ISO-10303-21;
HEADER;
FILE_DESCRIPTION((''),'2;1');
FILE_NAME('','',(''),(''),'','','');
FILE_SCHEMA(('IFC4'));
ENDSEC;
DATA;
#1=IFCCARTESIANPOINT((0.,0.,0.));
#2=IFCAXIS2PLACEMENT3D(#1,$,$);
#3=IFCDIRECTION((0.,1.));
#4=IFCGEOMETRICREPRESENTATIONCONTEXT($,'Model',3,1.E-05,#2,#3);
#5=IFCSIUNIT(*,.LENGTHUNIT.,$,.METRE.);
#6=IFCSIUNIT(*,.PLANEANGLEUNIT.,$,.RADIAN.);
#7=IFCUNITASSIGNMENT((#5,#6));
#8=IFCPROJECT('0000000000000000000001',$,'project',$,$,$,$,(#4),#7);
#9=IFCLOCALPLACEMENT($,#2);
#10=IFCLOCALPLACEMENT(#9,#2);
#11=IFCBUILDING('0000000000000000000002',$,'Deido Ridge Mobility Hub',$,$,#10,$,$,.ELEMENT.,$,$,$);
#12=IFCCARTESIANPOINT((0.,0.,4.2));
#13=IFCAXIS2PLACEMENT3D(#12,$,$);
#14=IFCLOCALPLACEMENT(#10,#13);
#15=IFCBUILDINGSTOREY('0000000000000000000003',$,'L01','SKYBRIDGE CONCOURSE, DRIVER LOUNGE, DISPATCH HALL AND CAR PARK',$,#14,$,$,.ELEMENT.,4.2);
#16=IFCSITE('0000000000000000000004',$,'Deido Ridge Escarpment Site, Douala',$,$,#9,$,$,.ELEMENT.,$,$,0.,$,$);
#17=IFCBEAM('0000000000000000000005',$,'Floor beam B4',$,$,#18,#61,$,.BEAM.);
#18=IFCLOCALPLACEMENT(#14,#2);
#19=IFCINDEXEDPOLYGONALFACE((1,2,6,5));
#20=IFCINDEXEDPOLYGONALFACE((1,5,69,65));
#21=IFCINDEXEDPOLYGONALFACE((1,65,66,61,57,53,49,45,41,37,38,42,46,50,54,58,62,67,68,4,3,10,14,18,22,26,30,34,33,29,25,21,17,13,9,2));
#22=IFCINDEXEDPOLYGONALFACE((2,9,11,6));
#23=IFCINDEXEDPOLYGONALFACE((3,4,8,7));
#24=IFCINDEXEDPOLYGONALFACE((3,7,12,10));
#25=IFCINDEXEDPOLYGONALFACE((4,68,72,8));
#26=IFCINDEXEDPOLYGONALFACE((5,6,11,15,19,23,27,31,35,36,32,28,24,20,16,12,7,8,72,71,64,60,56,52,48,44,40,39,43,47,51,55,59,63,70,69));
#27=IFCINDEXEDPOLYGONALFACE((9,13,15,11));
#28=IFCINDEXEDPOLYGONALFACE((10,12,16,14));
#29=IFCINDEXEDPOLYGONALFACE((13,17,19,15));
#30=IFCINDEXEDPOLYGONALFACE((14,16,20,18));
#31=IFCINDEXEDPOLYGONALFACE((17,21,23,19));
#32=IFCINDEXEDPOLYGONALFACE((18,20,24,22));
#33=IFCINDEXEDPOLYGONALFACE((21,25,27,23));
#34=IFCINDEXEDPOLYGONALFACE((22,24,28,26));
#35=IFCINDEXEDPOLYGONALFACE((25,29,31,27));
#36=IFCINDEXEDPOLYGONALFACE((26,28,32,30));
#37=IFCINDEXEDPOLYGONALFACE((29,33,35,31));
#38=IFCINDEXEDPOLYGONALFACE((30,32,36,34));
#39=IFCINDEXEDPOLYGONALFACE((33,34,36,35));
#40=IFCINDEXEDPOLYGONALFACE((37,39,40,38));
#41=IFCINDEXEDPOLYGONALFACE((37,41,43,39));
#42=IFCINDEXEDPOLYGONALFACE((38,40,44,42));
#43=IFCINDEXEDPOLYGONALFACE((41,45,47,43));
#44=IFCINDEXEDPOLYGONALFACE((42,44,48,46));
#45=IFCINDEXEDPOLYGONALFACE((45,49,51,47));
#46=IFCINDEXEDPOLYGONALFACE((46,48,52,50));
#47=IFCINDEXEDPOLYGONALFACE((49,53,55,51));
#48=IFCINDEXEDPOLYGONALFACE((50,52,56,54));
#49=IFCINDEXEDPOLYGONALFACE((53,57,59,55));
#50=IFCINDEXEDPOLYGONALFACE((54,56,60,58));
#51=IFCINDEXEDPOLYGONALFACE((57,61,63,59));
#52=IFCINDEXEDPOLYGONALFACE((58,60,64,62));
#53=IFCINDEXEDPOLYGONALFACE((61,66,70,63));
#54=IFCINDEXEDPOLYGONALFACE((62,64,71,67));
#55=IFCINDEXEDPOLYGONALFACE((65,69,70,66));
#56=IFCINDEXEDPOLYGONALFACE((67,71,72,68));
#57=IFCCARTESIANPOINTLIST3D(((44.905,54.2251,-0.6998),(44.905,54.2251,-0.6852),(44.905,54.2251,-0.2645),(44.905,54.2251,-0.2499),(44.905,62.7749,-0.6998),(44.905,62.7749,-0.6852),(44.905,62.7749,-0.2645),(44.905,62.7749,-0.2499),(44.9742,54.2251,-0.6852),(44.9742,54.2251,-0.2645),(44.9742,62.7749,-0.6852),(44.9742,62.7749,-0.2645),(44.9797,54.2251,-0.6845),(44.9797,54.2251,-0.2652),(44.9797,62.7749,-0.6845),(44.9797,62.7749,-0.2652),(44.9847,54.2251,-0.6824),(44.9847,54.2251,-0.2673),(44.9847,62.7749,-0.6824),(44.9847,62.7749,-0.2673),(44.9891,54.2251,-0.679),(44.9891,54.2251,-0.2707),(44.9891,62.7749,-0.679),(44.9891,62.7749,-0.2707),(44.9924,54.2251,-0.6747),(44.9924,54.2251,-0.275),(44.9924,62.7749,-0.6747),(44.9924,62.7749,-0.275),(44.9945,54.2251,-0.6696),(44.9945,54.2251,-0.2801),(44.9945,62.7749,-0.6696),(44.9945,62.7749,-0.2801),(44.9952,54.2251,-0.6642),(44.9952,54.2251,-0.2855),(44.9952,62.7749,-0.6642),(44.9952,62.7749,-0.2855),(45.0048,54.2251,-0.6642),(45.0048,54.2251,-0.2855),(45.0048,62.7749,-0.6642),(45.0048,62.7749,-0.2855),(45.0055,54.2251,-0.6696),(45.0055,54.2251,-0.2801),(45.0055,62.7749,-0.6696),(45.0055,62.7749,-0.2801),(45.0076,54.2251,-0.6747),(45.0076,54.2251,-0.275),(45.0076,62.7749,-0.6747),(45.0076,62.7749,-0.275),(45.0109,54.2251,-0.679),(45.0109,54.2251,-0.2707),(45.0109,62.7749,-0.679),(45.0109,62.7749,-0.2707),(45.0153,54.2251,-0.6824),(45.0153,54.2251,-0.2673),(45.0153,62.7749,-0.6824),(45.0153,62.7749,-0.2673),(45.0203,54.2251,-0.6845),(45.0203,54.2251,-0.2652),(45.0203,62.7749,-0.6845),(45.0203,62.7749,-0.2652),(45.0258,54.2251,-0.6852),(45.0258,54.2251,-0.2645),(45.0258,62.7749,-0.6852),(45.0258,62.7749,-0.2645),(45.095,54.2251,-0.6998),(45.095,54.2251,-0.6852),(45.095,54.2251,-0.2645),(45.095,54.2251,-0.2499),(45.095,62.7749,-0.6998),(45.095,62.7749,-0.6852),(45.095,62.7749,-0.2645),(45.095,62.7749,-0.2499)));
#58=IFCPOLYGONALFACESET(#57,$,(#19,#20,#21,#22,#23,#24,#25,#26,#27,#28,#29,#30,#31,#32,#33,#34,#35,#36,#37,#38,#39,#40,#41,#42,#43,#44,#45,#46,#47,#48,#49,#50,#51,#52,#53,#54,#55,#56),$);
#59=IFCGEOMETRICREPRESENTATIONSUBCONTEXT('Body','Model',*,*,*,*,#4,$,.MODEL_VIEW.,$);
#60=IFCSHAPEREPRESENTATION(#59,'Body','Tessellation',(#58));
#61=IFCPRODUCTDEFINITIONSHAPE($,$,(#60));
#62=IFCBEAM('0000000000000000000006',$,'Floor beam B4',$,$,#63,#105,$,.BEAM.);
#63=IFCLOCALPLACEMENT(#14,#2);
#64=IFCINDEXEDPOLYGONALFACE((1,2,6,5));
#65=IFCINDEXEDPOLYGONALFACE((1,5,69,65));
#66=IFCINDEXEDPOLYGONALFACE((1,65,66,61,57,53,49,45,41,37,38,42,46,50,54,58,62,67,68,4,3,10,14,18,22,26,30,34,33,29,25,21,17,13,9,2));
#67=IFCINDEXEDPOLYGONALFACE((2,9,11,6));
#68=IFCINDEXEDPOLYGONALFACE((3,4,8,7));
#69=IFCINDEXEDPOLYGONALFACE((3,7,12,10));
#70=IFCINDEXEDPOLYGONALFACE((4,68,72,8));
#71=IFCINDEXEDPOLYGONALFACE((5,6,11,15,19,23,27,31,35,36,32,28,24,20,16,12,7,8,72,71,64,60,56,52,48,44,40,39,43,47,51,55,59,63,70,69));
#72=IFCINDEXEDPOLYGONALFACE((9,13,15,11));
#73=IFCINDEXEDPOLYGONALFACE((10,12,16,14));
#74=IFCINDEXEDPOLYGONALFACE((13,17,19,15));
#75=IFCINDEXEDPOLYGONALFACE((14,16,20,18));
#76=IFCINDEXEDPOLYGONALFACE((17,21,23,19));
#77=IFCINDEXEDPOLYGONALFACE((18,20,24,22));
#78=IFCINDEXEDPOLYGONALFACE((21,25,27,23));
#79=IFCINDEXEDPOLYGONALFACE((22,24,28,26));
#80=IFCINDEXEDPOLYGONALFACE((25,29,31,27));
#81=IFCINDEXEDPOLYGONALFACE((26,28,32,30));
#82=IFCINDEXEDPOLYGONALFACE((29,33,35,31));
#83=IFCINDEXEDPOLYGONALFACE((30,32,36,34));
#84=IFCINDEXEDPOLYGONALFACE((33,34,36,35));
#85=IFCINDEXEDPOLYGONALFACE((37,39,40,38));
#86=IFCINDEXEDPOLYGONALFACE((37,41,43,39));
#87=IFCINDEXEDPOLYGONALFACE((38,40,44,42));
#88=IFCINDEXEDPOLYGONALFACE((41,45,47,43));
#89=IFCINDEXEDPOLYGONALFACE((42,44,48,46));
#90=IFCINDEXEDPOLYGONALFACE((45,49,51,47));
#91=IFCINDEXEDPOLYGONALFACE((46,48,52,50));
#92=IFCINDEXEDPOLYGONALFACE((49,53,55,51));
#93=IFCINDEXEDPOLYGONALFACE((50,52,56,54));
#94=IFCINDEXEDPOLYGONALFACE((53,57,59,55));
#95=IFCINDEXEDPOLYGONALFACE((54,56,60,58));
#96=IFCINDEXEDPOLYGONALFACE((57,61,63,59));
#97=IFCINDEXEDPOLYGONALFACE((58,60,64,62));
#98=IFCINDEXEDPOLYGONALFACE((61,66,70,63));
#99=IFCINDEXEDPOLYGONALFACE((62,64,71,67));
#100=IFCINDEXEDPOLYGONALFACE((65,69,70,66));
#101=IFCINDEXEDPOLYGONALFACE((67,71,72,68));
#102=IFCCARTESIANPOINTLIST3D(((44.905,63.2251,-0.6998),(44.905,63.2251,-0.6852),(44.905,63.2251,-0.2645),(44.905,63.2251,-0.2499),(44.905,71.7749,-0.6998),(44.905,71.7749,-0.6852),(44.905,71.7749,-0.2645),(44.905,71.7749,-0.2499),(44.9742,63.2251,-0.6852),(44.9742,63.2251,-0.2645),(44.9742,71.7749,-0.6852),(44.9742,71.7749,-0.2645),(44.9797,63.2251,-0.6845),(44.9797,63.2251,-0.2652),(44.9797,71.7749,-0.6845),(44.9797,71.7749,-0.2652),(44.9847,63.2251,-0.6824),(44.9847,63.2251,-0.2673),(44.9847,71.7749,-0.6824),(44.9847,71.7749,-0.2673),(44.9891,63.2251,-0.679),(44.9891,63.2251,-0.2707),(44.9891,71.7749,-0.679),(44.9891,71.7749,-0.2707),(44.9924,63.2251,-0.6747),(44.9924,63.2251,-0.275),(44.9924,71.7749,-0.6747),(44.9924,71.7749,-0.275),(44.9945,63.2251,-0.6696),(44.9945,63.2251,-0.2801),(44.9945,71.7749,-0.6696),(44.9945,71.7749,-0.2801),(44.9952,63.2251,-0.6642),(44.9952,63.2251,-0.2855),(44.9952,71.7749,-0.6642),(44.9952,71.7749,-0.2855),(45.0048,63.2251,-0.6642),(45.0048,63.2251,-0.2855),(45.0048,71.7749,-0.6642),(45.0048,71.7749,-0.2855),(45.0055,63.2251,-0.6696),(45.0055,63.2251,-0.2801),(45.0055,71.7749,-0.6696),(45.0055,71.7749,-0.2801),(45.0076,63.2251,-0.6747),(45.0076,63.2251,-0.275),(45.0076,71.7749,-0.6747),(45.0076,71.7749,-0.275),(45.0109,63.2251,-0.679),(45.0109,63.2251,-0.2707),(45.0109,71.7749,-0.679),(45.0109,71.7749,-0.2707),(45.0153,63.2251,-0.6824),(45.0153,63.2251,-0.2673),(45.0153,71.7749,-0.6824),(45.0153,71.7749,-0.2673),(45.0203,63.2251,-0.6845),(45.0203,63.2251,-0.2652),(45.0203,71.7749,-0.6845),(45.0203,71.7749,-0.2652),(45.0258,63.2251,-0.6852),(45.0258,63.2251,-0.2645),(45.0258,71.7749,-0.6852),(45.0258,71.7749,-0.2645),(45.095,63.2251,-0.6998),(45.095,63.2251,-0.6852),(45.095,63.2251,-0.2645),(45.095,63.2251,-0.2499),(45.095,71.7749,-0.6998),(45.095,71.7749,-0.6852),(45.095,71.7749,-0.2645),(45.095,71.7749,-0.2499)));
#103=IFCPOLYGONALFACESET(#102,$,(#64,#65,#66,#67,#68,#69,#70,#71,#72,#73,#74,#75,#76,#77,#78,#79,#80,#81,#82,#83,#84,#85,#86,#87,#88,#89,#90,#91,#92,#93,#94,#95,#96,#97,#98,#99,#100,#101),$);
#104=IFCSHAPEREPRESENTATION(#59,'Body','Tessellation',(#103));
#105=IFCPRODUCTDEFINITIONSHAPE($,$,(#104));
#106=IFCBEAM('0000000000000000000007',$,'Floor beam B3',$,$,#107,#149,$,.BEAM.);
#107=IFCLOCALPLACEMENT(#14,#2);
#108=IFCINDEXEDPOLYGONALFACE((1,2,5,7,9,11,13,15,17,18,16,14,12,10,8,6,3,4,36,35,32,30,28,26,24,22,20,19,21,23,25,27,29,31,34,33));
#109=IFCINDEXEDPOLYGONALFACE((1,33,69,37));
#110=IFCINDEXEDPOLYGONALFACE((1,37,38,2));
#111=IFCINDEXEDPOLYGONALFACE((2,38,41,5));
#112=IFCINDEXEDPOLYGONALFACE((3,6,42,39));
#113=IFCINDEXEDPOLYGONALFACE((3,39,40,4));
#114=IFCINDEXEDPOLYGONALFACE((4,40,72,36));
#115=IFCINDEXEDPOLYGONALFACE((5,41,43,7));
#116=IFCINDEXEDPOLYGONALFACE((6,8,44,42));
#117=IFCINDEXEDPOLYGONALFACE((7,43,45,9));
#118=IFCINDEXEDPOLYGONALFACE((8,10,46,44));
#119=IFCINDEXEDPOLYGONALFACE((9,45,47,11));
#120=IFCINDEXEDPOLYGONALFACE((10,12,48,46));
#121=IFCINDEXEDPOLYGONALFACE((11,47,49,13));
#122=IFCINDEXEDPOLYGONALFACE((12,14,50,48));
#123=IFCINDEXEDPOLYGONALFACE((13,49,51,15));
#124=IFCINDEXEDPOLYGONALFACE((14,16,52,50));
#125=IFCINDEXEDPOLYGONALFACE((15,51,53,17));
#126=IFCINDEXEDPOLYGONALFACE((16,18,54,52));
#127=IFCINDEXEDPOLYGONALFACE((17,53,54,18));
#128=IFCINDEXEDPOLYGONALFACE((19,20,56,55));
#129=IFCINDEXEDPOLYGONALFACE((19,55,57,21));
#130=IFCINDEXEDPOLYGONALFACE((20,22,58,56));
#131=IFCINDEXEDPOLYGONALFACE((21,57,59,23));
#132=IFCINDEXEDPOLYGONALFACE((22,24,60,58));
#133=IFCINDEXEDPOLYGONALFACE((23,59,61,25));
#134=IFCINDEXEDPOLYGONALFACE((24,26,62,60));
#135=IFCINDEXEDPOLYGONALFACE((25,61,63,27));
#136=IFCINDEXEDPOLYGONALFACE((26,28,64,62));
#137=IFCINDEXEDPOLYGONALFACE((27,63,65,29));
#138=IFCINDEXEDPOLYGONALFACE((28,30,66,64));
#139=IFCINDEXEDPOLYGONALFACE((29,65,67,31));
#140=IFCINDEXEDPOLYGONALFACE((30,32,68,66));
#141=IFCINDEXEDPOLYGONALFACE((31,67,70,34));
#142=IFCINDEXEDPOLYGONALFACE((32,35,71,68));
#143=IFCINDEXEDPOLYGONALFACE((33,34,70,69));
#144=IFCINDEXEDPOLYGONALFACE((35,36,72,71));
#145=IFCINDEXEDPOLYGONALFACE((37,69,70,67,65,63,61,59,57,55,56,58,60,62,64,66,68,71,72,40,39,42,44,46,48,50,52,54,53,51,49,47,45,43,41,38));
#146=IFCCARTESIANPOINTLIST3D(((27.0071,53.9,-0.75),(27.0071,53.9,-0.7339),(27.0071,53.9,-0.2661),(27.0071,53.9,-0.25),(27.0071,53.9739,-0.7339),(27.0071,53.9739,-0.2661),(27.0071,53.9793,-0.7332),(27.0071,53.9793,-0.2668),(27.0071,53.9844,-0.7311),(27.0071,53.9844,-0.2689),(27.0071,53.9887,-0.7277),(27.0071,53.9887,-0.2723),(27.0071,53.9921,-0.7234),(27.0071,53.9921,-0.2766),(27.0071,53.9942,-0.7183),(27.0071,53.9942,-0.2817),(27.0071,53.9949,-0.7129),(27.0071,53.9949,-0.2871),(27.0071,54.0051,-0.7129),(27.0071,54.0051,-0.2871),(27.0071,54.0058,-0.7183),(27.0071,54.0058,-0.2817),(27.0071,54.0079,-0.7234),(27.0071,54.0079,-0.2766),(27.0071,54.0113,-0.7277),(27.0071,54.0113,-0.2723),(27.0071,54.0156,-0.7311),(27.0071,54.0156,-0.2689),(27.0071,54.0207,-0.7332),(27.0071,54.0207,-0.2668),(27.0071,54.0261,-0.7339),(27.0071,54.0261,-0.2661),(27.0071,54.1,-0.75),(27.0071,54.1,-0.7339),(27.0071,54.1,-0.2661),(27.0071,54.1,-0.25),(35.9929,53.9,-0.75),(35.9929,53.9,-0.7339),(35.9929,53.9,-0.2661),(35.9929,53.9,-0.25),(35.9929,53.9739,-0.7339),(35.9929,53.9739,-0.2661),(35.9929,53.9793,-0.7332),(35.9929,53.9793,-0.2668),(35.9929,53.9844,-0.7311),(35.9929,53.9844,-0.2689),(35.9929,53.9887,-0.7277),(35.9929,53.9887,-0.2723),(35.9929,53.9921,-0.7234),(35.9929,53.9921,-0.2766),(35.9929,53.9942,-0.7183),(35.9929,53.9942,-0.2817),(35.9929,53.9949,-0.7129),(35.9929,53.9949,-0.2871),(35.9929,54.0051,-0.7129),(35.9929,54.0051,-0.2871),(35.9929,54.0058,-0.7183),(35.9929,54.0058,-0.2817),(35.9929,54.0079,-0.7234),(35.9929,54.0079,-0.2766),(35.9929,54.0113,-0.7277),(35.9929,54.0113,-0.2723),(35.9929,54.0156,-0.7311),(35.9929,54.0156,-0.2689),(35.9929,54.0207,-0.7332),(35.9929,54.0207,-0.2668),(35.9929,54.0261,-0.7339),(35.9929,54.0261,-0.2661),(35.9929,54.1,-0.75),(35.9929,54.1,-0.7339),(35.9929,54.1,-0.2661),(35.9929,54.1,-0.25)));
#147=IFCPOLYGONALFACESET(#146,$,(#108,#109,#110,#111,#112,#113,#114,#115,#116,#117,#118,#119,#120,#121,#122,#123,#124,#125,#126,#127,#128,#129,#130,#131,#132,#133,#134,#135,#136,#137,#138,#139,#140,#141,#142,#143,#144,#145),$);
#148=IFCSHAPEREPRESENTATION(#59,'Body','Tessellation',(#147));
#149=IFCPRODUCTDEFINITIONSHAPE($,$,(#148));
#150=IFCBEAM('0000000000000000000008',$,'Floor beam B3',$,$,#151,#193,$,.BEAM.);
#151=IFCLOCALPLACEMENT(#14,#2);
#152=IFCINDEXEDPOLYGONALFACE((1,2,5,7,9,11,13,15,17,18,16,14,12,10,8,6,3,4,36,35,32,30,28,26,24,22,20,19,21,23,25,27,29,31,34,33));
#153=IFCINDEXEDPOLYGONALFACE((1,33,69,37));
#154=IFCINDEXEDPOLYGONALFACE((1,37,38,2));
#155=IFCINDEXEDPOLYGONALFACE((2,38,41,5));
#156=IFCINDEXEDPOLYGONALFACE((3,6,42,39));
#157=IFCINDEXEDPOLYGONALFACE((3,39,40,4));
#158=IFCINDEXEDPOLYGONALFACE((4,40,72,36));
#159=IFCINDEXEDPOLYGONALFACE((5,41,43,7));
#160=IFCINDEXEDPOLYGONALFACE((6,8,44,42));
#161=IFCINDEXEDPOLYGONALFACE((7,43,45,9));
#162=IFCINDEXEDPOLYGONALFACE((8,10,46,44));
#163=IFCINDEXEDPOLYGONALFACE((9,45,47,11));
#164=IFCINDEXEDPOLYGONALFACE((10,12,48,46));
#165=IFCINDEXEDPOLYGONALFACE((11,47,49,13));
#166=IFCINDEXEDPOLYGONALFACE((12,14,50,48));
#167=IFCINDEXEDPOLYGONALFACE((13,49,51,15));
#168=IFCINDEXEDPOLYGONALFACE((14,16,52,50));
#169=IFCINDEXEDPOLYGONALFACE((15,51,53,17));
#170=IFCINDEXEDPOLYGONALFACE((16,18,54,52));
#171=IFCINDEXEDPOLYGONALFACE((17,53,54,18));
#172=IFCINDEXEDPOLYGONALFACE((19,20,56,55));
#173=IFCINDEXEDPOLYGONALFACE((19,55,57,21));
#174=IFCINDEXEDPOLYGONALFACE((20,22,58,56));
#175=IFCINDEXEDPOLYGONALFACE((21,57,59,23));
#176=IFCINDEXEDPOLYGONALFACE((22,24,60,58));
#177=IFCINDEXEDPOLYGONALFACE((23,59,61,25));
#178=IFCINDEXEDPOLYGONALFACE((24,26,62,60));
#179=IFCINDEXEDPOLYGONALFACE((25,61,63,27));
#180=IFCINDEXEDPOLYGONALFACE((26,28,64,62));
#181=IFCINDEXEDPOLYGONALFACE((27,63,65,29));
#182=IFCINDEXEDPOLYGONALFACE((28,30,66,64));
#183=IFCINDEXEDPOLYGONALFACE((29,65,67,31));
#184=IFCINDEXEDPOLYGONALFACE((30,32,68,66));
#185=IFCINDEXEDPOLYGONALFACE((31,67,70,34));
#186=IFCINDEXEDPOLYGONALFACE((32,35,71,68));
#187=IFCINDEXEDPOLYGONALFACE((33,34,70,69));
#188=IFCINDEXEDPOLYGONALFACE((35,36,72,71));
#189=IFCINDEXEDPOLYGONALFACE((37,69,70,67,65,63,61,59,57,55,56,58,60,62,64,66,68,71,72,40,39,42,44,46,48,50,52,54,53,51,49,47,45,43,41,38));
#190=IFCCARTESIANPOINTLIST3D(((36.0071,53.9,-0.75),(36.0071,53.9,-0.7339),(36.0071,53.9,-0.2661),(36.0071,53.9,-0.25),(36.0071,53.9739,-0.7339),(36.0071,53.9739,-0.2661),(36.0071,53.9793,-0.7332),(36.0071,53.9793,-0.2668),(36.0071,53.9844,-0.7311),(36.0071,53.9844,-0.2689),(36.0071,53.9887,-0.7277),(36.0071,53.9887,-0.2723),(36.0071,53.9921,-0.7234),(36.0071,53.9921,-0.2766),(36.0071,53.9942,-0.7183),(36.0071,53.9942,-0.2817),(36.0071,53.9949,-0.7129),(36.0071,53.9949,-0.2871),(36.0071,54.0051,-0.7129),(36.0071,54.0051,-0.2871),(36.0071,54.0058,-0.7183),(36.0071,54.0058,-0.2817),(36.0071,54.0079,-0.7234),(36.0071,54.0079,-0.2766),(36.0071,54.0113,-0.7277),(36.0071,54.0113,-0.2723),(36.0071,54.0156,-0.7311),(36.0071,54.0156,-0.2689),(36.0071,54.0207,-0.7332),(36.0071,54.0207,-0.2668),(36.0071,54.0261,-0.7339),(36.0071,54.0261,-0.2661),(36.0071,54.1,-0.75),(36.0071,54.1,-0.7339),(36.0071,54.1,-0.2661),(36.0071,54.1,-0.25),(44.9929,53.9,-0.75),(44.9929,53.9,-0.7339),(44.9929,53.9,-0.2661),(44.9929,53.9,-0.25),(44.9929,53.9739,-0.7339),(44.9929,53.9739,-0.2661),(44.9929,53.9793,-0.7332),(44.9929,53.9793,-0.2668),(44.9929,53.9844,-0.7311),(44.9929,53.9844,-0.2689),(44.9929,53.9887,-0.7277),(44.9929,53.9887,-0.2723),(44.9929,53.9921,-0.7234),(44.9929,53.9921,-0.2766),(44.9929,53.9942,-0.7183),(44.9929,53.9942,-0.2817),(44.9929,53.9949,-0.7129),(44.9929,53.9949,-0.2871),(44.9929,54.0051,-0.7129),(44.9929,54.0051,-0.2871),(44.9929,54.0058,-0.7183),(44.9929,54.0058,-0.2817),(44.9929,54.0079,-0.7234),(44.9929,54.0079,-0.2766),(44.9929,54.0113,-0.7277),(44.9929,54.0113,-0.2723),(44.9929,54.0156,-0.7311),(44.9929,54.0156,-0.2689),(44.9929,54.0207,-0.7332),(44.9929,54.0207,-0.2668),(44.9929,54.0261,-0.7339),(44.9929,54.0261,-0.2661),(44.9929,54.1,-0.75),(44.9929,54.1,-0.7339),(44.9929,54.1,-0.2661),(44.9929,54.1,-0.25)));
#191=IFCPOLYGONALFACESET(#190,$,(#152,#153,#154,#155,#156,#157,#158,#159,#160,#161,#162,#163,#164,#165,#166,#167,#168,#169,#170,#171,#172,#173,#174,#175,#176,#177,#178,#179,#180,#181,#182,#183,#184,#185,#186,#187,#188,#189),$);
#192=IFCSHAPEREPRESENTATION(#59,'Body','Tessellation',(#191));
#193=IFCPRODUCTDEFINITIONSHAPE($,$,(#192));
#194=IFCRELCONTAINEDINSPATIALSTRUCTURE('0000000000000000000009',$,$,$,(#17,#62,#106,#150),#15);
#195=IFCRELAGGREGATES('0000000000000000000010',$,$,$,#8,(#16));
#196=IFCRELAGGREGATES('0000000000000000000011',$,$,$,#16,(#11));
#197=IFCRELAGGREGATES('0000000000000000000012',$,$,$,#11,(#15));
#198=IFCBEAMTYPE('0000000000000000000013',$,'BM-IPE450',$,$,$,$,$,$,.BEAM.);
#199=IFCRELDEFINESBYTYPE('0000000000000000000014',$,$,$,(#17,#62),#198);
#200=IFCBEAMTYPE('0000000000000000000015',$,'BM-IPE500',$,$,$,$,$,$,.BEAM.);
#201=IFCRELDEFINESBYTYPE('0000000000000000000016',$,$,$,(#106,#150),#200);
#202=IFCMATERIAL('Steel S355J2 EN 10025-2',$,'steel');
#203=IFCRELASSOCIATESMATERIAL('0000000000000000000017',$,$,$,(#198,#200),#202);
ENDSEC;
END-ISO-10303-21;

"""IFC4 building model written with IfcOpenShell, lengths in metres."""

from ifc_helpers import new_model, si_unit, direction, frame, origin, origin_2d, place, context, subcontext, project, spatial, i_section, extrude, material, material_profile, profile_set, type_object, element, save


model = new_model("IFC4")

# Units and contexts
model_context = context("Model", 3, precision=1e-05, world=origin(), true_north=direction((0.0, 1.0)))
body_context = subcontext(model_context, "Body", "Model", "MODEL_VIEW")
ifc_project = project(units=[si_unit("LENGTHUNIT", "METRE"), si_unit("PLANEANGLEUNIT", "RADIAN")], contexts=[model_context])

# Site, building, storey
site_placement = place(None, origin())
site = spatial("IfcSite", under=ifc_project, at=site_placement, Name="Deido Ridge Escarpment Site, Douala", CompositionType="ELEMENT", RefElevation=0.0)
building_placement = place(site_placement, origin())
building = spatial("IfcBuilding", under=site, at=building_placement, Name="Deido Ridge Mobility Hub", CompositionType="ELEMENT")
storey_placement = place(building_placement, frame((0.0, 0.0, 4.2)))
storey = spatial("IfcBuildingStorey", under=building, at=storey_placement, Name="L01", Description="SKYBRIDGE CONCOURSE, DRIVER LOUNGE, DISPATCH HALL AND CAR PARK", CompositionType="ELEMENT", Elevation=4.2)

# Shared definitions
ifc_material_1 = material(Name="Steel S355J2 EN 10025-2", Category="steel")

# Beams
ifc_material_profile_1 = material_profile(ifc_material_1, i_section(OverallWidth=0.1899, OverallDepth=0.45, WebThickness=0.0095, FlangeThickness=0.0146, FilletRadius=0.021, at=origin_2d()), Name="IPE 450")
ifc_profile_set_1 = profile_set([ifc_material_profile_1], Name="Steel S355J2 EN 10025-2")
beam_type_1 = type_object("IfcBeamType", Name="BM-IPE450", PredefinedType="BEAM", material=ifc_profile_set_1)
for number, where, z_axis, x_axis, name in (
    (1, (45.0, 54.2251, -0.4749), (0.0, 1.0, 0.0), (-1.0, 0.0, 0.0), "Floor beam B4"),
    (2, (45.0, 63.2251, -0.4749), (0.0, 1.0, 0.0), (-1.0, 0.0, 0.0), "Floor beam B4"),
):
    element("IfcBeam", number, at=place(storey_placement, frame(where, z_axis=z_axis, x_axis=x_axis)), inside=storey, type_object=beam_type_1, Name=name, PredefinedType="BEAM", context=body_context, shape_type="SweptSolid", body=[
        extrude(i_section(OverallWidth=0.1899, OverallDepth=0.45, WebThickness=0.0095, FlangeThickness=0.0146, FilletRadius=0.021, at=origin_2d()), origin(), (0.0, 0.0, 1.0), 8.5498),
    ])
ifc_material_profile_2 = material_profile(ifc_material_1, i_section(OverallWidth=0.2, OverallDepth=0.5, WebThickness=0.0103, FlangeThickness=0.0161, FilletRadius=0.021, at=origin_2d()), Name="IPE 500")
ifc_profile_set_2 = profile_set([ifc_material_profile_2], Name="Steel S355J2 EN 10025-2")
beam_type_2 = type_object("IfcBeamType", Name="BM-IPE500", PredefinedType="BEAM", material=ifc_profile_set_2)
for number, where, z_axis, x_axis, name in (
    (3, (27.0071, 54.0, -0.5), (1.0, 0.0, 0.0), (0.0, 1.0, 0.0), "Floor beam B3"),
    (4, (36.0071, 54.0, -0.5), (1.0, 0.0, 0.0), (0.0, 1.0, 0.0), "Floor beam B3"),
):
    element("IfcBeam", number, at=place(storey_placement, frame(where, z_axis=z_axis, x_axis=x_axis)), inside=storey, type_object=beam_type_2, Name=name, PredefinedType="BEAM", context=body_context, shape_type="SweptSolid", body=[
        extrude(i_section(OverallWidth=0.2, OverallDepth=0.5, WebThickness=0.0103, FlangeThickness=0.0161, FilletRadius=0.021, at=origin_2d()), origin(), (0.0, 0.0, 1.0), 8.9858),
    ])

save(model, "model.ifc")
